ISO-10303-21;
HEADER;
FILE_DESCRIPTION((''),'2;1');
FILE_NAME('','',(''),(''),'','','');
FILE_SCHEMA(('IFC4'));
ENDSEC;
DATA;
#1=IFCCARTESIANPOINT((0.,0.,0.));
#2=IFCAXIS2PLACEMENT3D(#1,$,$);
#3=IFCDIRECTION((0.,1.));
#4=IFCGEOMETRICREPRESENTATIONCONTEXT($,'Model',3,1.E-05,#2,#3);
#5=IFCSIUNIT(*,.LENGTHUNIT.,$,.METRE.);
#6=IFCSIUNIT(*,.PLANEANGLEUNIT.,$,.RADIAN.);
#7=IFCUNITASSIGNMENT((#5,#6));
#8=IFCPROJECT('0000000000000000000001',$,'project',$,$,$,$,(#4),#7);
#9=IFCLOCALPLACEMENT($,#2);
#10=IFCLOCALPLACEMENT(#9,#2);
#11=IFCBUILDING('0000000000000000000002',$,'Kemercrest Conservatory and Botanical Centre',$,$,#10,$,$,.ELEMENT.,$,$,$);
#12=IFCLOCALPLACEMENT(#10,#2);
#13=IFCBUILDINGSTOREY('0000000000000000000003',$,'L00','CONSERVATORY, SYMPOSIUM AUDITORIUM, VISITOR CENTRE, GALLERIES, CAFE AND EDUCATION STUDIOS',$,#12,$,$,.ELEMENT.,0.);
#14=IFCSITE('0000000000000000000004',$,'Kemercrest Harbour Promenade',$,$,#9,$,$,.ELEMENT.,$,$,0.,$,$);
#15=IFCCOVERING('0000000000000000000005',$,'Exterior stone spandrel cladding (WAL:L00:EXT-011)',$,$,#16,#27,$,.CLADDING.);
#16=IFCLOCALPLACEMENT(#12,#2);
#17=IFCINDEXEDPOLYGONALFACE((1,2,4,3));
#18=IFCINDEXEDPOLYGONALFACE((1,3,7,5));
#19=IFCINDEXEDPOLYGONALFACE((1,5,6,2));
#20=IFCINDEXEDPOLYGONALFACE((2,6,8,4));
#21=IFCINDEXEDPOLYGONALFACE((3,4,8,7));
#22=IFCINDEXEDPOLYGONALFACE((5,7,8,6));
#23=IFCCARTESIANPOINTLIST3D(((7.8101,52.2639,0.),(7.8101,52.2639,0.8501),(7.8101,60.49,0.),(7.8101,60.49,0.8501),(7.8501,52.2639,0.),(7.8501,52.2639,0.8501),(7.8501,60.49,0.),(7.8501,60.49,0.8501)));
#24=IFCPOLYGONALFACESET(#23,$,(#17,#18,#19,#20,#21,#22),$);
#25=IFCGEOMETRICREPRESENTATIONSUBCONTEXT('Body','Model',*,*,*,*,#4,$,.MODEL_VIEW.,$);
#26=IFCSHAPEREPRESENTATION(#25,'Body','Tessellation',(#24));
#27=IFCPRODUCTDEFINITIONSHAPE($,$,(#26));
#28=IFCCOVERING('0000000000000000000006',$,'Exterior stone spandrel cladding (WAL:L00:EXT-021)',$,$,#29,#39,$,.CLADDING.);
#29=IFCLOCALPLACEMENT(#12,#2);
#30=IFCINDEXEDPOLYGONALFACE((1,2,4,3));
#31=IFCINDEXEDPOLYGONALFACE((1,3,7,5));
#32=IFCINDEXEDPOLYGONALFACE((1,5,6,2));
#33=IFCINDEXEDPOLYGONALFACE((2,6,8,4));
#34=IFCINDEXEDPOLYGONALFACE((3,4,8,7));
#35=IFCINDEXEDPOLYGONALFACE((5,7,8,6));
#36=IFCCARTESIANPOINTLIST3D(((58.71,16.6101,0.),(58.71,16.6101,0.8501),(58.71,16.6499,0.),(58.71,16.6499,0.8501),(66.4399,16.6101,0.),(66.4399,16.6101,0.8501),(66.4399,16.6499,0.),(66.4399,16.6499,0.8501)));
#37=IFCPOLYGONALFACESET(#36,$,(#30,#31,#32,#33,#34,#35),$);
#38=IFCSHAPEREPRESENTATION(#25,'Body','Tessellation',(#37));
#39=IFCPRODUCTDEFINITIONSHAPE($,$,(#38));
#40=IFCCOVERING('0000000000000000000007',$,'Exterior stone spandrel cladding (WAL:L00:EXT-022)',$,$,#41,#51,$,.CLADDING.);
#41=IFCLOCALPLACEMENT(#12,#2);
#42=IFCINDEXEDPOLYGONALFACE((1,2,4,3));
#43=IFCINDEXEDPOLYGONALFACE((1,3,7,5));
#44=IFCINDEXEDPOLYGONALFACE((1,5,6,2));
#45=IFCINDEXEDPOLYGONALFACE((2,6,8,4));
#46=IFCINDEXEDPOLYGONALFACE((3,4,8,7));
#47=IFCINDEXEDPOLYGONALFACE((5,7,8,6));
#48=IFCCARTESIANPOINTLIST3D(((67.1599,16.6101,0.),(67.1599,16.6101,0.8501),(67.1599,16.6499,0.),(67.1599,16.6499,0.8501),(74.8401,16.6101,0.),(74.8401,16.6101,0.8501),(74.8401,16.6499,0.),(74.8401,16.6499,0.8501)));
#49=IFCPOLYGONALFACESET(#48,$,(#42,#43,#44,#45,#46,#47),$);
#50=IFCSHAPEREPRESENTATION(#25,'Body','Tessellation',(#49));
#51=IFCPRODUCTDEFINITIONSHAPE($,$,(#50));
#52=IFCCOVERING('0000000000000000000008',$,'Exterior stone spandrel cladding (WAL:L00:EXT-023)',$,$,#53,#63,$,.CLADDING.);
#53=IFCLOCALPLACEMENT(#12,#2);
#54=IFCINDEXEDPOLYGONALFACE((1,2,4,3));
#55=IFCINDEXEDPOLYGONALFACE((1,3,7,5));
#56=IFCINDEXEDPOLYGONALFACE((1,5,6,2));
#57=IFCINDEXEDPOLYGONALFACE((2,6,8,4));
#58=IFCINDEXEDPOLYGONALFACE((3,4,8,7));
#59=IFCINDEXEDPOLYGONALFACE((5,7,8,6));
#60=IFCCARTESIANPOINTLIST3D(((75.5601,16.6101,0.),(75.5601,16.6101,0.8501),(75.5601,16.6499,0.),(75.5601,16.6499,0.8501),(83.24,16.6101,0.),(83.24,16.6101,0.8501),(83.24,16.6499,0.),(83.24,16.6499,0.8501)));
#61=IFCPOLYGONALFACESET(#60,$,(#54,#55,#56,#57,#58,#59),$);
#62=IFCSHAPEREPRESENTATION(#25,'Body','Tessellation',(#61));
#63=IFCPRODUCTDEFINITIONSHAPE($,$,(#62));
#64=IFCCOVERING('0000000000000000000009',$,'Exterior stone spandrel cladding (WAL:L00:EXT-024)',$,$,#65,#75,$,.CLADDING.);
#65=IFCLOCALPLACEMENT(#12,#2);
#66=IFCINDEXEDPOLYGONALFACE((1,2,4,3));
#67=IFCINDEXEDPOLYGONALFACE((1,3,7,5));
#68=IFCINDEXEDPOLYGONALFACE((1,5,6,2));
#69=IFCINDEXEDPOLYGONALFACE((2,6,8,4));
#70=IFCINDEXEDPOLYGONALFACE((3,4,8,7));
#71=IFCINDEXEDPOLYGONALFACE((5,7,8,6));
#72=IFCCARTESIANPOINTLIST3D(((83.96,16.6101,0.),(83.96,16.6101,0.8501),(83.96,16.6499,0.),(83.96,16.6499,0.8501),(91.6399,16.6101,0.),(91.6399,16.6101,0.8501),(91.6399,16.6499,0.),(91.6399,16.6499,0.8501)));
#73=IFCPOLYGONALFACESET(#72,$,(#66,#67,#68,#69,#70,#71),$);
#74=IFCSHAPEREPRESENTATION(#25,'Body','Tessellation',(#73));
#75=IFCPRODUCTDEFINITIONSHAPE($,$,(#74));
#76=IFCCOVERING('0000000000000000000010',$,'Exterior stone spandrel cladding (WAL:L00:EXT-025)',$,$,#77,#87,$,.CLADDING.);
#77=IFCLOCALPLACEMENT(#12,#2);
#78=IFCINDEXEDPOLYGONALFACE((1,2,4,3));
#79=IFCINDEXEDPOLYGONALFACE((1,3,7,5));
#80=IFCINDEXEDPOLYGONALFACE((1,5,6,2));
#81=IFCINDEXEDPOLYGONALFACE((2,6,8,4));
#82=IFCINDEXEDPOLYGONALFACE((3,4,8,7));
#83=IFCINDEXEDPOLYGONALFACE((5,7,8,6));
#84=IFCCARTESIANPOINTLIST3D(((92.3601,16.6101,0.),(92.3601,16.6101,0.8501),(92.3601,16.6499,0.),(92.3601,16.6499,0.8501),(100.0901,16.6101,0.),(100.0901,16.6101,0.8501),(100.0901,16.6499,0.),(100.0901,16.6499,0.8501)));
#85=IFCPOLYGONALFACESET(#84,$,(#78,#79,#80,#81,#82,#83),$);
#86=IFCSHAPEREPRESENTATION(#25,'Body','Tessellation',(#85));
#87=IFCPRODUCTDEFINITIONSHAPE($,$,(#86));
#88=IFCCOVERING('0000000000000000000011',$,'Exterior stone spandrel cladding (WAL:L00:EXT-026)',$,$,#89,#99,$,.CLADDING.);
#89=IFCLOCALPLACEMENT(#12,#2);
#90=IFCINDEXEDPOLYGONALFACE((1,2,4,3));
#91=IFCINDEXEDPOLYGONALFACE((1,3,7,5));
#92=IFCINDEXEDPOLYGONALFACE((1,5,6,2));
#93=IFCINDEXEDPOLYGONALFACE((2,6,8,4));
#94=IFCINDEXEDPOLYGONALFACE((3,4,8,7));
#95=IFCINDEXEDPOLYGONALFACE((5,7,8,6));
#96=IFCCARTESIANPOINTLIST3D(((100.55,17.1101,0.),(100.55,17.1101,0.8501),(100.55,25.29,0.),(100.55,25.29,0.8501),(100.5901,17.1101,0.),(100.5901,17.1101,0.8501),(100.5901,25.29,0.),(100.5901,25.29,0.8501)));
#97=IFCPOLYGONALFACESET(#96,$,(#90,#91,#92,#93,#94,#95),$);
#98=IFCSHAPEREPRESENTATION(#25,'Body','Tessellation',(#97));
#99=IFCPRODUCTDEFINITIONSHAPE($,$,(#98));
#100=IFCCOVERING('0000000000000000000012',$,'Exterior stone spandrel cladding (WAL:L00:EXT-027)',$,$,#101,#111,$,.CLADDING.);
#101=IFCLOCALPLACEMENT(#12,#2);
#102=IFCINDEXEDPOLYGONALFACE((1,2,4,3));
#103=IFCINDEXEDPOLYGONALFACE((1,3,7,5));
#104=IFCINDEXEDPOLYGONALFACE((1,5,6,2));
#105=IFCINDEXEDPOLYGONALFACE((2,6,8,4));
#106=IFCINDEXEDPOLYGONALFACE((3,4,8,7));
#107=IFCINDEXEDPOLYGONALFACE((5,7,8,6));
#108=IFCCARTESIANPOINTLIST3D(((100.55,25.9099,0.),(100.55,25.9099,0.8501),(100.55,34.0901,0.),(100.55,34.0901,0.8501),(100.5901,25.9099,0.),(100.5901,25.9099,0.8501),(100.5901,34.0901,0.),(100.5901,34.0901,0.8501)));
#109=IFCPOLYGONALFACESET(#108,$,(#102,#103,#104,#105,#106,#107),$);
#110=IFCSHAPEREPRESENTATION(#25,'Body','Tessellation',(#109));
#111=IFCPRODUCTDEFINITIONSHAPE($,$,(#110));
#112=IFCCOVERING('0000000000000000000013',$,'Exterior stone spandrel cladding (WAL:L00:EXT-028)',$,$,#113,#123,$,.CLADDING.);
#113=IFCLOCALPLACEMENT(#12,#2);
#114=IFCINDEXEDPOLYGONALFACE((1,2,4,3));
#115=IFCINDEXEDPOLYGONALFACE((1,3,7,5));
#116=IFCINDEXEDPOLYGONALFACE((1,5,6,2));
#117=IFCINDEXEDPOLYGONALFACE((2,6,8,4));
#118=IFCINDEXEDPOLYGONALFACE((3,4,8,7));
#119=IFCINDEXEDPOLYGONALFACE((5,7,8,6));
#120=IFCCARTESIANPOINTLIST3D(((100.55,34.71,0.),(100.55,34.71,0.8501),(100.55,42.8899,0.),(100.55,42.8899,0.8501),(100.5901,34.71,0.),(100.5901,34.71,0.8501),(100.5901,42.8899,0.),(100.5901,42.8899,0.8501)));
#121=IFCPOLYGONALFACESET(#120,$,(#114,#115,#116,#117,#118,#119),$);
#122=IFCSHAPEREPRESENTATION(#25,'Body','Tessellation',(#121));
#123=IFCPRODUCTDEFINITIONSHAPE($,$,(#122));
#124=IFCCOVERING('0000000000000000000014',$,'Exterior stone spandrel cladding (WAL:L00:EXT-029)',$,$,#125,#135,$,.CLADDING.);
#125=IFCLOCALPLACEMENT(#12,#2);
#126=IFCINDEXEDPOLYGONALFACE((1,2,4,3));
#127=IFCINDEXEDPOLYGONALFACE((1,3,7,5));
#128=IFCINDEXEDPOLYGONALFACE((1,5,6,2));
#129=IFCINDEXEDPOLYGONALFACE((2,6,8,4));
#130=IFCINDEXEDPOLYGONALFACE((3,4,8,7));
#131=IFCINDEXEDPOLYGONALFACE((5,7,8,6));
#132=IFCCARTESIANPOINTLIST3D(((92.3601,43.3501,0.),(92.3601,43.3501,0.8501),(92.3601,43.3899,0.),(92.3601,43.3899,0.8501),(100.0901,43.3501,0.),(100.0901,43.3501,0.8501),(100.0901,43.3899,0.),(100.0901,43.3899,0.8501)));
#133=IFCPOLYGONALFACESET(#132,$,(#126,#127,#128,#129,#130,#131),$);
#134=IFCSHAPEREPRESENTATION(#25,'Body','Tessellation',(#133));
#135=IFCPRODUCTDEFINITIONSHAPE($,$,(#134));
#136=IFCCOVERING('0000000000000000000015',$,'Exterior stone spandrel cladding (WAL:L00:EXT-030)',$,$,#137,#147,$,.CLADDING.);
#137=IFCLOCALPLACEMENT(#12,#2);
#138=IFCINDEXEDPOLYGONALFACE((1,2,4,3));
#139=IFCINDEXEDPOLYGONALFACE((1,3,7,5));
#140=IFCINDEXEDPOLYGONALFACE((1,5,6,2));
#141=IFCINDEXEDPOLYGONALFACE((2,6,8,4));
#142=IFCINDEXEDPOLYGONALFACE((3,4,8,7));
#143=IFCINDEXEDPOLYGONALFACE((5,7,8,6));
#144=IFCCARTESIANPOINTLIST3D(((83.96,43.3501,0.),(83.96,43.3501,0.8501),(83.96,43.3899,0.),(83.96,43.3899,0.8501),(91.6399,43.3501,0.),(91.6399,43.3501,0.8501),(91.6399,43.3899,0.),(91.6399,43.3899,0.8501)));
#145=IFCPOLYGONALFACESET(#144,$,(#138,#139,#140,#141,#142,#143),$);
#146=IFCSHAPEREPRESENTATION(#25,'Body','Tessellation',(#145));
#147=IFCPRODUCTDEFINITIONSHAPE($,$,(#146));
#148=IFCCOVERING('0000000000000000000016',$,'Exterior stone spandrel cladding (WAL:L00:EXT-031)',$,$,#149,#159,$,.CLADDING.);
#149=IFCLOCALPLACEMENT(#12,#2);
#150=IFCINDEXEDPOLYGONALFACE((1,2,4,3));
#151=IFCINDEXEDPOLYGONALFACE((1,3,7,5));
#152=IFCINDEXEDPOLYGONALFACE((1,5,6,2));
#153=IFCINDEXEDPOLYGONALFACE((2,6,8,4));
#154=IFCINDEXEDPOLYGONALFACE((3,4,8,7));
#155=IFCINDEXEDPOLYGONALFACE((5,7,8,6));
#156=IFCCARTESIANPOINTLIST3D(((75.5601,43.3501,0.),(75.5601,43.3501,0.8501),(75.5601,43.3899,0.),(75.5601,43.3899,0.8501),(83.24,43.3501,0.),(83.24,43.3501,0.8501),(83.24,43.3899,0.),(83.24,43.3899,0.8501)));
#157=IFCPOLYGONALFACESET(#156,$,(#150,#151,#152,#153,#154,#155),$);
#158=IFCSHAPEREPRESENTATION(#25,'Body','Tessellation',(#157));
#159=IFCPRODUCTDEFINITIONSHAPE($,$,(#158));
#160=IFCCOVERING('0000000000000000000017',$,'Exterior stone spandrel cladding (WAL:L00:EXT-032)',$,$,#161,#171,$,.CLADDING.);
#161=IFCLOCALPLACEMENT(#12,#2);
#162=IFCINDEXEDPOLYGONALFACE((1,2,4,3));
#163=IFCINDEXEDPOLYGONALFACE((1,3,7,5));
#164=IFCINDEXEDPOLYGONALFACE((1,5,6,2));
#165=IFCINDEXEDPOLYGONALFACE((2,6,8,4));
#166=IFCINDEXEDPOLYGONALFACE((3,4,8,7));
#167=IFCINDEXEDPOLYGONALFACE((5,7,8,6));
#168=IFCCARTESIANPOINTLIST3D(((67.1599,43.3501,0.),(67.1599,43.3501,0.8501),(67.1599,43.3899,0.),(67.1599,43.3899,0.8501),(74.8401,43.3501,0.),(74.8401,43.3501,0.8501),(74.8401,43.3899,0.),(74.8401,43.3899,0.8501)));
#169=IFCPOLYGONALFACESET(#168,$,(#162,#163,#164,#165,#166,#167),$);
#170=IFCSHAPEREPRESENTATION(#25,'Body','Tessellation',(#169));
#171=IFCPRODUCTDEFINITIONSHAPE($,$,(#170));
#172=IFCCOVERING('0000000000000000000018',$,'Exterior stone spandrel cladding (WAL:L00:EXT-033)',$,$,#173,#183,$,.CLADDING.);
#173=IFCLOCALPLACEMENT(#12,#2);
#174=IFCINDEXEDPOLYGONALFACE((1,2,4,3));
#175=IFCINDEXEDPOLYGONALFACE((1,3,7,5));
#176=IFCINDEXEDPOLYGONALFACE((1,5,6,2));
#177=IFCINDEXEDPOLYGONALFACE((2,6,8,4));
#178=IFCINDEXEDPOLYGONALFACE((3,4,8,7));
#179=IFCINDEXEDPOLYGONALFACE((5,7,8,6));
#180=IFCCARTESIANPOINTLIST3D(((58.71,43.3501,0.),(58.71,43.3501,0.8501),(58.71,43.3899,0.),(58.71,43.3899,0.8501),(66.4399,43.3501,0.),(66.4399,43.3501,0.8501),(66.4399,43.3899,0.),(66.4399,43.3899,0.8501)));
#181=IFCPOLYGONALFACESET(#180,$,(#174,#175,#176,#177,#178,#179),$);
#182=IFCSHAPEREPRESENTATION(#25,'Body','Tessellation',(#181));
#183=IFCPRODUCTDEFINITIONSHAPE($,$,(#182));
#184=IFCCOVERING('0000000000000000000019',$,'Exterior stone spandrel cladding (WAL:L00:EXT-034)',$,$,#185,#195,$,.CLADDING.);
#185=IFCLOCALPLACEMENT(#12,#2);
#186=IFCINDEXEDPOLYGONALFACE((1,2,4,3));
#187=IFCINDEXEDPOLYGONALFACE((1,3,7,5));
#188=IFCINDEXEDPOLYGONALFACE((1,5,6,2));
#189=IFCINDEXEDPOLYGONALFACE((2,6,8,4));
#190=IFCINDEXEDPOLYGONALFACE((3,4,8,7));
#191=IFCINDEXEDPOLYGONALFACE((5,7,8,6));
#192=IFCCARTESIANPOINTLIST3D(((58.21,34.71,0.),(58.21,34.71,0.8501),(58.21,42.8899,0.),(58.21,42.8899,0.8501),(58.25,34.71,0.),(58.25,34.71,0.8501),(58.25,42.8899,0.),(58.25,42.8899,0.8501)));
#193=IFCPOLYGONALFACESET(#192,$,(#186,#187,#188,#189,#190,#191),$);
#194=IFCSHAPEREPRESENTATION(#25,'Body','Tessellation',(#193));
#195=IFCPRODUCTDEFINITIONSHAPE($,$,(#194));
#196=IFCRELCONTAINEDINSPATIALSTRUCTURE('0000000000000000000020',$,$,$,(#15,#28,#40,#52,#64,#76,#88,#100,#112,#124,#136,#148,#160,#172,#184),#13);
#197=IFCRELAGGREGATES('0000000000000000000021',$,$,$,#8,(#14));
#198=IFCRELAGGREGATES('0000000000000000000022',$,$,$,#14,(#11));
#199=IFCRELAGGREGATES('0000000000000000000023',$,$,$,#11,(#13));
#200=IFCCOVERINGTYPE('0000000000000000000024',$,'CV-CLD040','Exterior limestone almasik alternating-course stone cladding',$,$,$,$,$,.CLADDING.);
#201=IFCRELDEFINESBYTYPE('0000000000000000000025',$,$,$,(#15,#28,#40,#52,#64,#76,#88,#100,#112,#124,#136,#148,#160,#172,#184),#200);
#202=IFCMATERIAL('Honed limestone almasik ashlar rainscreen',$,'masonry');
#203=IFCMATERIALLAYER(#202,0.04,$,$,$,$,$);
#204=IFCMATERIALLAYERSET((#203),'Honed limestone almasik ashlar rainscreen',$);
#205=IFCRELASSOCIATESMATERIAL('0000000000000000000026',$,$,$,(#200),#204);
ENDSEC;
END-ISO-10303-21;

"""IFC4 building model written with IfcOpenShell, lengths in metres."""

from ifc_helpers import new_model, si_unit, direction, origin, place, context, subcontext, project, spatial, polyline, outline, extrude, material, layer, layer_set, type_object, element, save


model = new_model("IFC4")

# Units and contexts
model_context = context("Model", 3, precision=1e-05, world=origin(), true_north=direction((0.0, 1.0)))
body_context = subcontext(model_context, "Body", "Model", "MODEL_VIEW")
ifc_project = project(units=[si_unit("LENGTHUNIT", "METRE"), si_unit("PLANEANGLEUNIT", "RADIAN")], contexts=[model_context])

# Site, building, storey
site_placement = place(None, origin())
site = spatial("IfcSite", under=ifc_project, at=site_placement, Name="Kemercrest Harbour Promenade", CompositionType="ELEMENT", RefElevation=0.0)
building_placement = place(site_placement, origin())
building = spatial("IfcBuilding", under=site, at=building_placement, Name="Kemercrest Conservatory and Botanical Centre", CompositionType="ELEMENT")
storey_placement = place(building_placement, origin())
storey = spatial("IfcBuildingStorey", under=building, at=storey_placement, Name="L00", Description="CONSERVATORY, SYMPOSIUM AUDITORIUM, VISITOR CENTRE, GALLERIES, CAFE AND EDUCATION STUDIOS", CompositionType="ELEMENT", Elevation=0.0)

# Coverings
ifc_material = material(Name="Honed limestone almasik ashlar rainscreen", Category="masonry")
ifc_layer = layer(ifc_material, 0.04)
ifc_layer_set = layer_set([ifc_layer], Name="Honed limestone almasik ashlar rainscreen")
covering_type = type_object("IfcCoveringType", Name="CV-CLD040", Description="Exterior limestone almasik alternating-course stone cladding", PredefinedType="CLADDING", material=ifc_layer_set)
covering_1_placement = place(storey_placement, origin())
element("IfcCovering", 1, at=covering_1_placement, inside=storey, type_object=covering_type, Name="Exterior stone spandrel cladding (WAL:L00:EXT-011)", PredefinedType="CLADDING", context=body_context, shape_type="SweptSolid", body=[
    extrude(outline(polyline([(7.8501, 60.49), (7.8101, 60.49), (7.8101, 52.2639), (7.8501, 52.2639), (7.8501, 60.49)])), origin(), (0.0, 0.0, 1.0), 0.8501),
])
covering_2_placement = place(storey_placement, origin())
element("IfcCovering", 2, at=covering_2_placement, inside=storey, type_object=covering_type, Name="Exterior stone spandrel cladding (WAL:L00:EXT-021)", PredefinedType="CLADDING", context=body_context, shape_type="SweptSolid", body=[
    extrude(outline(polyline([(58.71, 16.6499), (58.71, 16.6101), (66.4399, 16.6101), (66.4399, 16.6499), (58.71, 16.6499)])), origin(), (0.0, 0.0, 1.0), 0.8501),
])
covering_3_placement = place(storey_placement, origin())
element("IfcCovering", 3, at=covering_3_placement, inside=storey, type_object=covering_type, Name="Exterior stone spandrel cladding (WAL:L00:EXT-022)", PredefinedType="CLADDING", context=body_context, shape_type="SweptSolid", body=[
    extrude(outline(polyline([(67.1599, 16.6499), (67.1599, 16.6101), (74.8401, 16.6101), (74.8401, 16.6499), (67.1599, 16.6499)])), origin(), (0.0, 0.0, 1.0), 0.8501),
])
covering_4_placement = place(storey_placement, origin())
element("IfcCovering", 4, at=covering_4_placement, inside=storey, type_object=covering_type, Name="Exterior stone spandrel cladding (WAL:L00:EXT-023)", PredefinedType="CLADDING", context=body_context, shape_type="SweptSolid", body=[
    extrude(outline(polyline([(75.5601, 16.6499), (75.5601, 16.6101), (83.24, 16.6101), (83.24, 16.6499), (75.5601, 16.6499)])), origin(), (0.0, 0.0, 1.0), 0.8501),
])
covering_5_placement = place(storey_placement, origin())
element("IfcCovering", 5, at=covering_5_placement, inside=storey, type_object=covering_type, Name="Exterior stone spandrel cladding (WAL:L00:EXT-024)", PredefinedType="CLADDING", context=body_context, shape_type="SweptSolid", body=[
    extrude(outline(polyline([(83.96, 16.6499), (83.96, 16.6101), (91.6399, 16.6101), (91.6399, 16.6499), (83.96, 16.6499)])), origin(), (0.0, 0.0, 1.0), 0.8501),
])
covering_6_placement = place(storey_placement, origin())
element("IfcCovering", 6, at=covering_6_placement, inside=storey, type_object=covering_type, Name="Exterior stone spandrel cladding (WAL:L00:EXT-025)", PredefinedType="CLADDING", context=body_context, shape_type="SweptSolid", body=[
    extrude(outline(polyline([(92.3601, 16.6499), (92.3601, 16.6101), (100.0901, 16.6101), (100.0901, 16.6499), (92.3601, 16.6499)])), origin(), (0.0, 0.0, 1.0), 0.8501),
])
covering_7_placement = place(storey_placement, origin())
element("IfcCovering", 7, at=covering_7_placement, inside=storey, type_object=covering_type, Name="Exterior stone spandrel cladding (WAL:L00:EXT-026)", PredefinedType="CLADDING", context=body_context, shape_type="SweptSolid", body=[
    extrude(outline(polyline([(100.55, 17.1101), (100.5901, 17.1101), (100.5901, 25.29), (100.55, 25.29), (100.55, 17.1101)])), origin(), (0.0, 0.0, 1.0), 0.8501),
])
covering_8_placement = place(storey_placement, origin())
element("IfcCovering", 8, at=covering_8_placement, inside=storey, type_object=covering_type, Name="Exterior stone spandrel cladding (WAL:L00:EXT-027)", PredefinedType="CLADDING", context=body_context, shape_type="SweptSolid", body=[
    extrude(outline(polyline([(100.55, 25.9099), (100.5901, 25.9099), (100.5901, 34.0901), (100.55, 34.0901), (100.55, 25.9099)])), origin(), (0.0, 0.0, 1.0), 0.8501),
])
covering_9_placement = place(storey_placement, origin())
element("IfcCovering", 9, at=covering_9_placement, inside=storey, type_object=covering_type, Name="Exterior stone spandrel cladding (WAL:L00:EXT-028)", PredefinedType="CLADDING", context=body_context, shape_type="SweptSolid", body=[
    extrude(outline(polyline([(100.55, 34.71), (100.5901, 34.71), (100.5901, 42.8899), (100.55, 42.8899), (100.55, 34.71)])), origin(), (0.0, 0.0, 1.0), 0.8501),
])
covering_10_placement = place(storey_placement, origin())
element("IfcCovering", 10, at=covering_10_placement, inside=storey, type_object=covering_type, Name="Exterior stone spandrel cladding (WAL:L00:EXT-029)", PredefinedType="CLADDING", context=body_context, shape_type="SweptSolid", body=[
    extrude(outline(polyline([(100.0901, 43.3501), (100.0901, 43.3899), (92.3601, 43.3899), (92.3601, 43.3501), (100.0901, 43.3501)])), origin(), (0.0, 0.0, 1.0), 0.8501),
])
covering_11_placement = place(storey_placement, origin())
element("IfcCovering", 11, at=covering_11_placement, inside=storey, type_object=covering_type, Name="Exterior stone spandrel cladding (WAL:L00:EXT-030)", PredefinedType="CLADDING", context=body_context, shape_type="SweptSolid", body=[
    extrude(outline(polyline([(91.6399, 43.3501), (91.6399, 43.3899), (83.96, 43.3899), (83.96, 43.3501), (91.6399, 43.3501)])), origin(), (0.0, 0.0, 1.0), 0.8501),
])
covering_12_placement = place(storey_placement, origin())
element("IfcCovering", 12, at=covering_12_placement, inside=storey, type_object=covering_type, Name="Exterior stone spandrel cladding (WAL:L00:EXT-031)", PredefinedType="CLADDING", context=body_context, shape_type="SweptSolid", body=[
    extrude(outline(polyline([(83.24, 43.3501), (83.24, 43.3899), (75.5601, 43.3899), (75.5601, 43.3501), (83.24, 43.3501)])), origin(), (0.0, 0.0, 1.0), 0.8501),
])
covering_13_placement = place(storey_placement, origin())
element("IfcCovering", 13, at=covering_13_placement, inside=storey, type_object=covering_type, Name="Exterior stone spandrel cladding (WAL:L00:EXT-032)", PredefinedType="CLADDING", context=body_context, shape_type="SweptSolid", body=[
    extrude(outline(polyline([(74.8401, 43.3501), (74.8401, 43.3899), (67.1599, 43.3899), (67.1599, 43.3501), (74.8401, 43.3501)])), origin(), (0.0, 0.0, 1.0), 0.8501),
])
covering_14_placement = place(storey_placement, origin())
element("IfcCovering", 14, at=covering_14_placement, inside=storey, type_object=covering_type, Name="Exterior stone spandrel cladding (WAL:L00:EXT-033)", PredefinedType="CLADDING", context=body_context, shape_type="SweptSolid", body=[
    extrude(outline(polyline([(66.4399, 43.3501), (66.4399, 43.3899), (58.71, 43.3899), (58.71, 43.3501), (66.4399, 43.3501)])), origin(), (0.0, 0.0, 1.0), 0.8501),
])
covering_15_placement = place(storey_placement, origin())
element("IfcCovering", 15, at=covering_15_placement, inside=storey, type_object=covering_type, Name="Exterior stone spandrel cladding (WAL:L00:EXT-034)", PredefinedType="CLADDING", context=body_context, shape_type="SweptSolid", body=[
    extrude(outline(polyline([(58.25, 42.8899), (58.21, 42.8899), (58.21, 34.71), (58.25, 34.71), (58.25, 42.8899)])), origin(), (0.0, 0.0, 1.0), 0.8501),
])

save(model, "model.ifc")
